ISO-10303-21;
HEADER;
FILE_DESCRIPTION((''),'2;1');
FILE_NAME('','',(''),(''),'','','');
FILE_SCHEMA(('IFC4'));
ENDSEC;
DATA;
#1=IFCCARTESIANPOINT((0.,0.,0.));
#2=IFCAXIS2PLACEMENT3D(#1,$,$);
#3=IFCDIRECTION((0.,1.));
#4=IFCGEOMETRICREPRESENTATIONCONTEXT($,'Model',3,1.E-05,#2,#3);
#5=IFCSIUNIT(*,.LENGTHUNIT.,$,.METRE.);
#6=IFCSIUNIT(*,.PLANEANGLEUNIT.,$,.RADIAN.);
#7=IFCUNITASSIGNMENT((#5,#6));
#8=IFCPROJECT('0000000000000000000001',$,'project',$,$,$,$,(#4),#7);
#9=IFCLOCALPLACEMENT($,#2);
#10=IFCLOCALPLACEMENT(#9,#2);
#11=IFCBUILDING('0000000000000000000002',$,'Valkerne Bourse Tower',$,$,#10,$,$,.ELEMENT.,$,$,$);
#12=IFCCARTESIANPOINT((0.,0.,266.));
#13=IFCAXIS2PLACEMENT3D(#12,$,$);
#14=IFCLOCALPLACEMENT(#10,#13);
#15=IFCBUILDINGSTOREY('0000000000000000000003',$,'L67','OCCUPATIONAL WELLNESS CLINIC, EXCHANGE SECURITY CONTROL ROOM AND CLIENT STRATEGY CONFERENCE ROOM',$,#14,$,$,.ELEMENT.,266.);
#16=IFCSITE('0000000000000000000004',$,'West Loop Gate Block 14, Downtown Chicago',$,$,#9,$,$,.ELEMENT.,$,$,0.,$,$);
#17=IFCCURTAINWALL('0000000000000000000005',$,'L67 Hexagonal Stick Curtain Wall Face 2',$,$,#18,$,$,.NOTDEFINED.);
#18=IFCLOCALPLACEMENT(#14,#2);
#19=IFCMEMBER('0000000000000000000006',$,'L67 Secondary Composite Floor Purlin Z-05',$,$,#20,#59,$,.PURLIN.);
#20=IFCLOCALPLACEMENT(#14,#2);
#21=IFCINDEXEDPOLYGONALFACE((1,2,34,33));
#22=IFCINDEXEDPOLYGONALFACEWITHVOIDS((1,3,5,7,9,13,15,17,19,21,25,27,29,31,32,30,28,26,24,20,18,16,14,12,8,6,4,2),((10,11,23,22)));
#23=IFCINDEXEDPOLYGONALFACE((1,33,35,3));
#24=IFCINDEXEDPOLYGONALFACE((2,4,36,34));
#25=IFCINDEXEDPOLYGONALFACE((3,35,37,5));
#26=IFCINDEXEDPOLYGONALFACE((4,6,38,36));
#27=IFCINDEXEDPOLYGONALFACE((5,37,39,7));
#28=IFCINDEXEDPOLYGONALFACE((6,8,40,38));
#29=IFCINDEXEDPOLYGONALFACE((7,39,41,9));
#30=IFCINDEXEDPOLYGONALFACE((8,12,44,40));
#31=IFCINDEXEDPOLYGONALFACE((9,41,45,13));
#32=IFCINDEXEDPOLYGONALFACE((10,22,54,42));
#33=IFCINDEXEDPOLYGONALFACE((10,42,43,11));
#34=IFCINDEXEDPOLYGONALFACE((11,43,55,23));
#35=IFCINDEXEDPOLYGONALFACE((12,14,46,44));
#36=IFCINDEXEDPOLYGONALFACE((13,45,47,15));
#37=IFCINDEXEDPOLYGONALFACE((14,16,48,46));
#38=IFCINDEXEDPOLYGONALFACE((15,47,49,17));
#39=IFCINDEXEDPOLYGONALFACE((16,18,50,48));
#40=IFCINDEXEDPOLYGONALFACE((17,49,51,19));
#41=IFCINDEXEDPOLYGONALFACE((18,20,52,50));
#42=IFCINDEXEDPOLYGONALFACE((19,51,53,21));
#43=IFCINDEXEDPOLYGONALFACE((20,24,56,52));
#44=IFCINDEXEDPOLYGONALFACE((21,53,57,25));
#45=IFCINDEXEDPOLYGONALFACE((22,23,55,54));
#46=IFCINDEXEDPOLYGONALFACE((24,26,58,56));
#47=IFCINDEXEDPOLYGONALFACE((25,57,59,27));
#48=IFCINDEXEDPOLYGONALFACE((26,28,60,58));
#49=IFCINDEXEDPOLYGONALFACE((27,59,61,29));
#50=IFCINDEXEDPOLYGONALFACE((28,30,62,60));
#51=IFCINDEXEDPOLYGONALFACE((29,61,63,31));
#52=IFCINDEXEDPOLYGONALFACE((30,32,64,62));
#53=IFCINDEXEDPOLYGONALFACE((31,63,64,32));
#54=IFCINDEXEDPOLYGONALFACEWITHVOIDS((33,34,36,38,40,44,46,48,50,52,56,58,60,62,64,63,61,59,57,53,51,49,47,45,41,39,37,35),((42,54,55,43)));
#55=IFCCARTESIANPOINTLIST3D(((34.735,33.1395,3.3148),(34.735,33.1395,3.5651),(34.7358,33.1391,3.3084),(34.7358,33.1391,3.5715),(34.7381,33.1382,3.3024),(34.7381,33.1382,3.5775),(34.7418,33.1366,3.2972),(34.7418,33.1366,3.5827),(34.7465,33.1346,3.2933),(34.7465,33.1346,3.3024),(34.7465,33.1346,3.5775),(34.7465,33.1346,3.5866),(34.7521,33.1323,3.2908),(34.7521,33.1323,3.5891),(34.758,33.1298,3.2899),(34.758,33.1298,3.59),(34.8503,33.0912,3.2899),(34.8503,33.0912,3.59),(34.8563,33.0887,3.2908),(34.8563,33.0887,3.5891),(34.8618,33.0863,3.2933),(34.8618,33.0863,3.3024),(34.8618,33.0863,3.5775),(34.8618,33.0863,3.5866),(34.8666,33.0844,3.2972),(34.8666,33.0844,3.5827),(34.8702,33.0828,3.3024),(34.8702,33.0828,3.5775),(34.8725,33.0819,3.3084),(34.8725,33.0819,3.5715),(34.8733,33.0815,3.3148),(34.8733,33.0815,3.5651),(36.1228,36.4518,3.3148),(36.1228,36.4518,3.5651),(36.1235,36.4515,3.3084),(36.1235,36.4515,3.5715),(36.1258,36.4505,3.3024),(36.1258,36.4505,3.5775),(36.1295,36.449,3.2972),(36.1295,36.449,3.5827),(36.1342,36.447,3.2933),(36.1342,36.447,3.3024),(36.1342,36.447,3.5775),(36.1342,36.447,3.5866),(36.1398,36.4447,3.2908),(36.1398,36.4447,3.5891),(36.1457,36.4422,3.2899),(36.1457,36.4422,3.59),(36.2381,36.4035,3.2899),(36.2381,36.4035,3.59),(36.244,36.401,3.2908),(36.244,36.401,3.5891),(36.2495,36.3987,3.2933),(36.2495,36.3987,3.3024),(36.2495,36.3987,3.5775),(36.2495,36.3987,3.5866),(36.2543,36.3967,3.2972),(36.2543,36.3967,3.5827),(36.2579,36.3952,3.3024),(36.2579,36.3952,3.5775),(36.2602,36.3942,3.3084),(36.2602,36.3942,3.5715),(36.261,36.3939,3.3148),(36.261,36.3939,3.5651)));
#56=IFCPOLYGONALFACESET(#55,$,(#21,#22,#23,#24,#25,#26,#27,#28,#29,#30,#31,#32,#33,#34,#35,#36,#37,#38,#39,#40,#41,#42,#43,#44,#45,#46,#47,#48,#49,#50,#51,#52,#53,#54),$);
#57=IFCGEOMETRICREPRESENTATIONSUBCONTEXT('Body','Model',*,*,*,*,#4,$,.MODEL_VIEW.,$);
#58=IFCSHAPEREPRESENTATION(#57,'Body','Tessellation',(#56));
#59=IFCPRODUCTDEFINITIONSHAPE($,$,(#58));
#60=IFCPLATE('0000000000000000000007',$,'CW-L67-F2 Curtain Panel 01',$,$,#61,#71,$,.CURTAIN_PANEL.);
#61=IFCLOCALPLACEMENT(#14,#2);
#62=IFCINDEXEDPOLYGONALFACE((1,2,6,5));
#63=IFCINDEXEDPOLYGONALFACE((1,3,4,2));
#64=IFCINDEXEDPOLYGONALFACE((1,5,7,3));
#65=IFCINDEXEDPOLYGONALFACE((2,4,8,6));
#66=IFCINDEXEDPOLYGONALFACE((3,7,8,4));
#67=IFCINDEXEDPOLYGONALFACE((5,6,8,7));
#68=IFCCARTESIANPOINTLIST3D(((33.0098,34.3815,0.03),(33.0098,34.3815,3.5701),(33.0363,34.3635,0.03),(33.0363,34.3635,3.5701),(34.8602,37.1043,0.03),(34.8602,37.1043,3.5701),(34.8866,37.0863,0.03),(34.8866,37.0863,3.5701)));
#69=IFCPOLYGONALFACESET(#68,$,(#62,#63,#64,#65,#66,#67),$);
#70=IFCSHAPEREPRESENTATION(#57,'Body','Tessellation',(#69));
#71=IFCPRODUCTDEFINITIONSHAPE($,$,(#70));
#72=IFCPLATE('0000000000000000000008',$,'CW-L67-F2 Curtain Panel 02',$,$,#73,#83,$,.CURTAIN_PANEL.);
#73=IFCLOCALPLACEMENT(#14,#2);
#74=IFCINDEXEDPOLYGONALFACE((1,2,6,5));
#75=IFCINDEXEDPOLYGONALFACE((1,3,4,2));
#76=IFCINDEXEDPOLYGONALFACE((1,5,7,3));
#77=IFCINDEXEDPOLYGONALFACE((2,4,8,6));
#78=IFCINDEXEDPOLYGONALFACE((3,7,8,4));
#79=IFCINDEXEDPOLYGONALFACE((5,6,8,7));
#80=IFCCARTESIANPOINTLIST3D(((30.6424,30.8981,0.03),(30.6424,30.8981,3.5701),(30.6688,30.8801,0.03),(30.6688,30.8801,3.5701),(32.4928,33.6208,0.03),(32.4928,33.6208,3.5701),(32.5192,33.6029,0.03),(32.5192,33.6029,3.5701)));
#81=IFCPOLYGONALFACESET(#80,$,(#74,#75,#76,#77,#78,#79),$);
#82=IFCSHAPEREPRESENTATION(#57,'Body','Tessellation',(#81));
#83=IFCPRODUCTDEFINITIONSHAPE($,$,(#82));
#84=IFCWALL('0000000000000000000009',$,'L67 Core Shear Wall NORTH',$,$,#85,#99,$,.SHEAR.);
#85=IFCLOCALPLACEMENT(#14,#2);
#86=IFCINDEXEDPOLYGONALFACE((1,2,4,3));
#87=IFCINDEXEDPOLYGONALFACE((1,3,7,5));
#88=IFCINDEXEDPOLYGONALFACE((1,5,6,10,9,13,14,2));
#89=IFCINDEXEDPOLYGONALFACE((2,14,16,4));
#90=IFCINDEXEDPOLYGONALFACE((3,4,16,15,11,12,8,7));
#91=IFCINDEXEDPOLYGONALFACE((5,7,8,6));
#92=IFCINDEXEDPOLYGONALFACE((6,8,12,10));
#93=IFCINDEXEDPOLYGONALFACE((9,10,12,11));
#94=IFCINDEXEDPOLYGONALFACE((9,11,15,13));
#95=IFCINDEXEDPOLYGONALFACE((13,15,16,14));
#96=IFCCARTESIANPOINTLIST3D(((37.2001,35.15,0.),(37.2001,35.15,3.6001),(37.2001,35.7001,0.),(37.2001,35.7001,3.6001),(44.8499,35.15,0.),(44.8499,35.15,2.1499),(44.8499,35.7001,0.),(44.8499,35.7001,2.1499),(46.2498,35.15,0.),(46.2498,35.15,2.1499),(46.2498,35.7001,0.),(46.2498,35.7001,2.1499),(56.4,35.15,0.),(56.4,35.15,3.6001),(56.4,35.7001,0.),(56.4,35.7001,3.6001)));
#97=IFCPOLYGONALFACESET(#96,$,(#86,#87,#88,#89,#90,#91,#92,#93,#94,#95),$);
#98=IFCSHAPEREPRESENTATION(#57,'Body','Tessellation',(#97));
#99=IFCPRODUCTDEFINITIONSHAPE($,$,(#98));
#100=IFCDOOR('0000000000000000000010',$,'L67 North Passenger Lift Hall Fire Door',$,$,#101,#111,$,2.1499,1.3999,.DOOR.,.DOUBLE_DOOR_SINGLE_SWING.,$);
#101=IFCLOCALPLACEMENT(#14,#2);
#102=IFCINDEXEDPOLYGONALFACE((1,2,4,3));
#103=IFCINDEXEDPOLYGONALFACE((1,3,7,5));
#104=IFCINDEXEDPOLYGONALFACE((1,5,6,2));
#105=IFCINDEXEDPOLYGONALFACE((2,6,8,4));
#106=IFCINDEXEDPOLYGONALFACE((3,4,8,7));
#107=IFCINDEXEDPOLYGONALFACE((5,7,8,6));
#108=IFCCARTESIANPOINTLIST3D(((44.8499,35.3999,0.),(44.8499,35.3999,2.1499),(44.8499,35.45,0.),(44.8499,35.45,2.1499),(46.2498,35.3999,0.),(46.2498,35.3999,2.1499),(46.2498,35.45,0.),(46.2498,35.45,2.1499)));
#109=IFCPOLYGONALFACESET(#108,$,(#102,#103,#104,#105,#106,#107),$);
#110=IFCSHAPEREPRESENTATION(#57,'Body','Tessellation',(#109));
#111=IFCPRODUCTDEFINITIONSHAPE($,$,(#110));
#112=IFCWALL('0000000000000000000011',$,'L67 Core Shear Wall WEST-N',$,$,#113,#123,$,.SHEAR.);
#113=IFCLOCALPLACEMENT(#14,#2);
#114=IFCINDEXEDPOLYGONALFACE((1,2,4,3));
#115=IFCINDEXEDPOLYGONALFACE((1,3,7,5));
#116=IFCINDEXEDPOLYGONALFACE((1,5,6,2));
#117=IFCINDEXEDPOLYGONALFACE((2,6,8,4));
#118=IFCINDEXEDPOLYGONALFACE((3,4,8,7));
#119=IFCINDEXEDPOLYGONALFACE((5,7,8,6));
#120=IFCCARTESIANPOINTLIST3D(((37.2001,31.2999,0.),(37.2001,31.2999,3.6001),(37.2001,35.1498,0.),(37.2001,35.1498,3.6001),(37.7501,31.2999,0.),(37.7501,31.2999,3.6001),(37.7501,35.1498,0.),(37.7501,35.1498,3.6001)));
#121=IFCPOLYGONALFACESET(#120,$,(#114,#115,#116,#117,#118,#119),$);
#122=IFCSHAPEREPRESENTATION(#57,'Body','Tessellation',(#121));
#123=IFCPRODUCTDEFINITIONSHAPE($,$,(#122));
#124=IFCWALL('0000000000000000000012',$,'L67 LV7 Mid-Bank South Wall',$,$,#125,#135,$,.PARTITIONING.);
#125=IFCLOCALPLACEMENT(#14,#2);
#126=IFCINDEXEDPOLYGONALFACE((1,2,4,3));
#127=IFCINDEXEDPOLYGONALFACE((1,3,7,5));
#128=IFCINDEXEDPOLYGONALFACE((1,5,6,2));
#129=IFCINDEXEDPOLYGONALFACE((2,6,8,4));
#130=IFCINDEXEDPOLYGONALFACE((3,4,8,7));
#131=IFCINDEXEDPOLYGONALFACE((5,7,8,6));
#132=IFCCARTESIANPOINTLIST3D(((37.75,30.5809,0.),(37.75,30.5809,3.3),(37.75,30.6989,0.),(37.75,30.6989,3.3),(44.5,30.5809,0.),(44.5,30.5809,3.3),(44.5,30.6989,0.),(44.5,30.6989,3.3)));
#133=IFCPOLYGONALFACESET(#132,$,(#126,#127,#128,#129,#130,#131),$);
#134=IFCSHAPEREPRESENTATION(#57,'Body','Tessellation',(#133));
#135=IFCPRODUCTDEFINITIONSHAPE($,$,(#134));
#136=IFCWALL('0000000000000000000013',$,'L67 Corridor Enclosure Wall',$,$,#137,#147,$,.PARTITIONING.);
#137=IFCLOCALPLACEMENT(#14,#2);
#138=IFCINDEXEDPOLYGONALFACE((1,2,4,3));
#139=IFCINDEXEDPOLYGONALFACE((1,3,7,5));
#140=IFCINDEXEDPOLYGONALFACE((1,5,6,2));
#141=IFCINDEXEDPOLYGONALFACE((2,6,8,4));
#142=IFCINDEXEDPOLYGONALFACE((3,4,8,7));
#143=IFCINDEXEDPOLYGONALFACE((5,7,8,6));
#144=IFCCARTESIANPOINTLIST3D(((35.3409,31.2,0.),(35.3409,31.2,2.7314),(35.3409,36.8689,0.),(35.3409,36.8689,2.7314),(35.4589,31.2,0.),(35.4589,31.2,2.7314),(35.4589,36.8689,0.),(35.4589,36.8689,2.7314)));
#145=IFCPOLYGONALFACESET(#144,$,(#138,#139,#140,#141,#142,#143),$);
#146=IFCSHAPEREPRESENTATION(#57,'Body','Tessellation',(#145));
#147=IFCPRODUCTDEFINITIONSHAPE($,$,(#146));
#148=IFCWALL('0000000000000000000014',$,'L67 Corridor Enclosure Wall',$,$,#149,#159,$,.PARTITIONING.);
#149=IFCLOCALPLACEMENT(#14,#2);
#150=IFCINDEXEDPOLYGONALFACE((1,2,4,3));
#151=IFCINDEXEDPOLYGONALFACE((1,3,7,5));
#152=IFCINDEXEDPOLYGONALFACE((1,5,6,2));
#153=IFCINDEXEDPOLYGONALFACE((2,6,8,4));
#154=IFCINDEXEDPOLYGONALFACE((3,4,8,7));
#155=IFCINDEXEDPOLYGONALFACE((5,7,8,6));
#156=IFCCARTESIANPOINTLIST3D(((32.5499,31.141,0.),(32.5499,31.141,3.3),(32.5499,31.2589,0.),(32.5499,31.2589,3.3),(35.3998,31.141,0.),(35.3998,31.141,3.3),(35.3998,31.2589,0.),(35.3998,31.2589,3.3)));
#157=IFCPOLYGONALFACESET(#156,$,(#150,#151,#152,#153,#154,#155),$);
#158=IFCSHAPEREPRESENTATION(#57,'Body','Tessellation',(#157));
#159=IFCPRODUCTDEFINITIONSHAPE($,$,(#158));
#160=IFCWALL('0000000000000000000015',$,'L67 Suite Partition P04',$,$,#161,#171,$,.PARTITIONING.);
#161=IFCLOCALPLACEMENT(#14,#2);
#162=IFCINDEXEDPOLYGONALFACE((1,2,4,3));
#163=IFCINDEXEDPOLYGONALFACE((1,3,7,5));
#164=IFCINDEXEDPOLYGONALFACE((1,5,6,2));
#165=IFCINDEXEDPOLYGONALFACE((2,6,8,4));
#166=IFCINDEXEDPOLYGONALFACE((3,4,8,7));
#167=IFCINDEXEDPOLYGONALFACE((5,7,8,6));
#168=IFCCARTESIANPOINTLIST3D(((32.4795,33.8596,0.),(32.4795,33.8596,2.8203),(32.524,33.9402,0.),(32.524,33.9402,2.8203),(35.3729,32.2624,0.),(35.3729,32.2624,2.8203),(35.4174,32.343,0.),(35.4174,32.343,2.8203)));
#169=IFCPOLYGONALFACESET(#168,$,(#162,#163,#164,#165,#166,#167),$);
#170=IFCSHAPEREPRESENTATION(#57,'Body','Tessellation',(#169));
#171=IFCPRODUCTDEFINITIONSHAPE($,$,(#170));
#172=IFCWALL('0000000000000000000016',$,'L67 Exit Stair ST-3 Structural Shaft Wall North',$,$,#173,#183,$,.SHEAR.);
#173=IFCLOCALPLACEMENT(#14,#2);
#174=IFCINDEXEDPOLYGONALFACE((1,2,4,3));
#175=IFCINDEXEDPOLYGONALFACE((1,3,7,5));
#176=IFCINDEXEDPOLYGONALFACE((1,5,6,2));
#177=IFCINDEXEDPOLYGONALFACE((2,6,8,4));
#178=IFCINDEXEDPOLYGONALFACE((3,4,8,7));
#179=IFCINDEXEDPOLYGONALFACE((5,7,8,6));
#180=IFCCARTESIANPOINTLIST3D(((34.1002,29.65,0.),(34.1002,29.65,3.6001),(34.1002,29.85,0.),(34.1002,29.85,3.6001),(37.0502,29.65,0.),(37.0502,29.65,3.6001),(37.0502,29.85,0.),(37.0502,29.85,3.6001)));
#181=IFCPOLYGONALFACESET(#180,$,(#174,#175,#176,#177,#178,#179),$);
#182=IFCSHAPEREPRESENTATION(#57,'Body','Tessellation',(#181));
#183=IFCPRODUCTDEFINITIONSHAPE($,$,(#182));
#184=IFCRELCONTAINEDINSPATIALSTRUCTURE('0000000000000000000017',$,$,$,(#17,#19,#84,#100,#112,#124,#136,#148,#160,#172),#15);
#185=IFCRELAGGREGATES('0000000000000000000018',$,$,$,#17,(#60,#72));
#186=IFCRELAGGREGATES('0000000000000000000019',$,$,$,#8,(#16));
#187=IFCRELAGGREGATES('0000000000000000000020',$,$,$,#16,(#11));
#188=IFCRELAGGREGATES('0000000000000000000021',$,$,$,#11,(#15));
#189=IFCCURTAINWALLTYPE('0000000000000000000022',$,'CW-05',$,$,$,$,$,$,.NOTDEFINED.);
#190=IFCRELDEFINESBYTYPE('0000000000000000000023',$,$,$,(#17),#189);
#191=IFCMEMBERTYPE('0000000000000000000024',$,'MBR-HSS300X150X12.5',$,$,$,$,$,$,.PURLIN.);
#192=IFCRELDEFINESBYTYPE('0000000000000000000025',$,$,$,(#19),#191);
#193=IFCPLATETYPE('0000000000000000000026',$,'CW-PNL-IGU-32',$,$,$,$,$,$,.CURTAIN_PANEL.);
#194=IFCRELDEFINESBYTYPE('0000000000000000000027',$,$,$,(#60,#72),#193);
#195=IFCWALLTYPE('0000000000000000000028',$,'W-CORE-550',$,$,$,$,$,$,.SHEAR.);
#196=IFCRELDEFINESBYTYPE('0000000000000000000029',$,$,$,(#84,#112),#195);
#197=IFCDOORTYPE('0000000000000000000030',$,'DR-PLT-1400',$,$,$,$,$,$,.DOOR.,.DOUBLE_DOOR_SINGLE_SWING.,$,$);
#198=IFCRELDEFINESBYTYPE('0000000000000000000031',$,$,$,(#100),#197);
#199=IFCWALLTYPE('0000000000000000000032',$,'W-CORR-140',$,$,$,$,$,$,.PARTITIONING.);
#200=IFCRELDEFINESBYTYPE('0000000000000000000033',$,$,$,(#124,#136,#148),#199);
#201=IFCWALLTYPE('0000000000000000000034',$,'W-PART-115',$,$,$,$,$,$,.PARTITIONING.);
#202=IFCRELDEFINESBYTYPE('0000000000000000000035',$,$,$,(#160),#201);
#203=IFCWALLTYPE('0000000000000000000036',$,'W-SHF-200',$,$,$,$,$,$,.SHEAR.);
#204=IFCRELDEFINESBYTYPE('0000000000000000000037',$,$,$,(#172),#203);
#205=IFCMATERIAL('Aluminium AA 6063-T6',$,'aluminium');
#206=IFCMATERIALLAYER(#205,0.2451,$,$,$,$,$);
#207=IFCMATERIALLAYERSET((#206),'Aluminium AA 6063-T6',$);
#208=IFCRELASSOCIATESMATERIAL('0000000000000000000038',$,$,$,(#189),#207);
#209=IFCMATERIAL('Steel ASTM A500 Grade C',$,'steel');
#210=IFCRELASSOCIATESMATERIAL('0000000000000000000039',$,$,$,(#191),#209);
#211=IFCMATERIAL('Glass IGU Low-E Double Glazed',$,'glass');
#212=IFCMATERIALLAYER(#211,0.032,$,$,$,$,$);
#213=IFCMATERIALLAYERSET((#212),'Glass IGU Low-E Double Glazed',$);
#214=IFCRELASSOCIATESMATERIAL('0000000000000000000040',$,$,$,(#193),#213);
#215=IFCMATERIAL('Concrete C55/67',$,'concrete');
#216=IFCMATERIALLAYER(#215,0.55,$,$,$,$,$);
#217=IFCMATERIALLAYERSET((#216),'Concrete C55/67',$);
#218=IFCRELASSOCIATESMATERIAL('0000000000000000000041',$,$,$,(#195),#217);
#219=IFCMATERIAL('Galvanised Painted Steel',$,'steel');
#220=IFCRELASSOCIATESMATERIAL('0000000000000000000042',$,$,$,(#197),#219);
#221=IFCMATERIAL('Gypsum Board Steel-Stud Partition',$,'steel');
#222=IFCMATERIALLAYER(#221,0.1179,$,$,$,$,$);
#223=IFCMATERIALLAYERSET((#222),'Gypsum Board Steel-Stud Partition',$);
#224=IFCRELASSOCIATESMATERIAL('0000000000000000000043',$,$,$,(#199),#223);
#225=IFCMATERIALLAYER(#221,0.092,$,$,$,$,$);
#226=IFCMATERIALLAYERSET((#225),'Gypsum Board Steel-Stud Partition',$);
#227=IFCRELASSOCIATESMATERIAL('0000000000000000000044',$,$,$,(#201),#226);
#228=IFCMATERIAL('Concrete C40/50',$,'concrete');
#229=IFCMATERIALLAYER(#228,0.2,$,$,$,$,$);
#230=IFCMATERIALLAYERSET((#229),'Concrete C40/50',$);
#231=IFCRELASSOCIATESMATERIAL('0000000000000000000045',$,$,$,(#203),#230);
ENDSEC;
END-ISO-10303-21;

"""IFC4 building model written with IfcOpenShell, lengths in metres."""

from ifc_helpers import new_model, si_unit, direction, frame, frame_2d, origin, origin_2d, place, context, subcontext, project, spatial, rectangle, hollow_rectangle, extrude, material, layer, layer_set, material_profile, profile_set, type_object, element, fill, aggregate, save


model = new_model("IFC4")

# Units and contexts
model_context = context("Model", 3, precision=1e-05, world=origin(), true_north=direction((0.0, 1.0)))
body_context = subcontext(model_context, "Body", "Model", "MODEL_VIEW")
ifc_project = project(units=[si_unit("LENGTHUNIT", "METRE"), si_unit("PLANEANGLEUNIT", "RADIAN")], contexts=[model_context])

# Site, building, storey
site_placement = place(None, origin())
site = spatial("IfcSite", under=ifc_project, at=site_placement, Name="West Loop Gate Block 14, Downtown Chicago", CompositionType="ELEMENT", RefElevation=0.0)
building_placement = place(site_placement, origin())
building = spatial("IfcBuilding", under=site, at=building_placement, Name="Valkerne Bourse Tower", CompositionType="ELEMENT")
storey_placement = place(building_placement, frame((0.0, 0.0, 266.0)))
storey = spatial("IfcBuildingStorey", under=building, at=storey_placement, Name="L67", Description="OCCUPATIONAL WELLNESS CLINIC, EXCHANGE SECURITY CONTROL ROOM AND CLIENT STRATEGY CONFERENCE ROOM", CompositionType="ELEMENT", Elevation=266.0)

# Curtain wall
ifc_material_1 = material(Name="Aluminium AA 6063-T6", Category="aluminium")
ifc_layer_1 = layer(ifc_material_1, 0.2451)
ifc_layer_set_1 = layer_set([ifc_layer_1], Name="Aluminium AA 6063-T6")
curtain_wall_type = type_object("IfcCurtainWallType", Name="CW-05", PredefinedType="NOTDEFINED", material=ifc_layer_set_1)
curtain_wall_placement = place(storey_placement, origin())
curtain_wall = element("IfcCurtainWall", 1, at=curtain_wall_placement, inside=storey, type_object=curtain_wall_type, Name="L67 Hexagonal Stick Curtain Wall Face 2", PredefinedType="NOTDEFINED")

# Member
ifc_material_2 = material(Name="Steel ASTM A500 Grade C", Category="steel")
ifc_material_profile_1 = material_profile(ifc_material_2, hollow_rectangle(XDim=0.1499, YDim=0.3, WallThickness=0.0125, OuterFilletRadius=0.0249, at=origin_2d()), Name="HSS300X150X12.5")
ifc_profile_set_1 = profile_set([ifc_material_profile_1], Name="Steel ASTM A500 Grade C")
member_type_1 = type_object("IfcMemberType", Name="MBR-HSS300X150X12.5", PredefinedType="PURLIN", material=ifc_profile_set_1)
member_1_placement = place(storey_placement, frame((36.1919, 36.4229, 3.4399), z_axis=(-0.386415, -0.922325, 0.0), x_axis=(0.922325, -0.386415, 0.0)))
element("IfcMember", 2, at=member_1_placement, inside=storey, type_object=member_type_1, Name="L67 Secondary Composite Floor Purlin Z-05", PredefinedType="PURLIN", context=body_context, shape_type="SweptSolid", body=[
    extrude(hollow_rectangle(XDim=0.1499, YDim=0.3, WallThickness=0.0125, OuterFilletRadius=0.0249, at=origin_2d()), origin(), (0.0, 0.0, 1.0), 3.5913),
])

# Plates
ifc_material_3 = material(Name="Glass IGU Low-E Double Glazed", Category="glass")
ifc_layer_2 = layer(ifc_material_3, 0.032)
ifc_layer_set_2 = layer_set([ifc_layer_2], Name="Glass IGU Low-E Double Glazed")
plate_type = type_object("IfcPlateType", Name="CW-PNL-IGU-32", PredefinedType="CURTAIN_PANEL", material=ifc_layer_set_2)
plate_1_placement = place(storey_placement, frame((33.9482, 35.7339, 0.03), z_axis=(0.0, 0.0, 1.0), x_axis=(-0.56208, -0.827083, 0.0)))
plate_1 = element("IfcPlate", 3, at=plate_1_placement, type_object=plate_type, Name="CW-L67-F2 Curtain Panel 01", PredefinedType="CURTAIN_PANEL", context=body_context, shape_type="SweptSolid", body=[
    extrude(rectangle(XDim=3.292, YDim=0.032, at=origin_2d()), origin(), (0.0, 0.0, 1.0), 3.54),
])
plate_2_placement = place(storey_placement, frame((31.5808, 32.2505, 0.03), z_axis=(0.0, 0.0, 1.0), x_axis=(-0.562091, -0.827075, 0.0)))
plate_2 = element("IfcPlate", 4, at=plate_2_placement, type_object=plate_type, Name="CW-L67-F2 Curtain Panel 02", PredefinedType="CURTAIN_PANEL", context=body_context, shape_type="SweptSolid", body=[
    extrude(rectangle(XDim=3.292, YDim=0.032, at=origin_2d()), origin(), (0.0, 0.0, 1.0), 3.54),
])
aggregate(curtain_wall, [plate_1, plate_2])

# Wall, opening, door
ifc_material_4 = material(Name="Concrete C55/67", Category="concrete")
ifc_layer_3 = layer(ifc_material_4, 0.55)
ifc_layer_set_3 = layer_set([ifc_layer_3], Name="Concrete C55/67")
wall_type_1 = type_object("IfcWallType", Name="W-CORE-550", PredefinedType="SHEAR", material=ifc_layer_set_3)
wall_1_placement = place(storey_placement, frame((37.2, 35.425, 0.0), z_axis=(0.0, 0.0, 1.0), x_axis=(1.0, 0.0, 0.0)))
wall_1 = element("IfcWall", 5, at=wall_1_placement, inside=storey, type_object=wall_type_1, Name="L67 Core Shear Wall NORTH", PredefinedType="SHEAR", context=body_context, shape_type="SweptSolid", body=[
    extrude(rectangle(XDim=19.2, YDim=0.55, at=frame_2d((9.6001, 0.0))), origin(), (0.0, 0.0, 1.0), 3.6001),
])
opening_placement = place(wall_1_placement, frame((7.6499, 0.0, 0.0)))
opening = element("IfcOpeningElement", 6, at=opening_placement, cuts=wall_1, PredefinedType="OPENING", context=body_context, shape_type="SweptSolid", body=[
    extrude(rectangle(XDim=1.3999, YDim=2.1499, at=frame_2d((0.7, 1.075))), frame((0.0, 0.2849, 0.0), z_axis=(0.0, -1.0, 0.0), x_axis=(1.0, 0.0, 0.0)), (0.0, 0.0, 1.0), 0.5701),
])
ifc_material_5 = material(Name="Galvanised Painted Steel", Category="steel")
door_type = type_object("IfcDoorType", Name="DR-PLT-1400", OperationType="DOUBLE_DOOR_SINGLE_SWING", PredefinedType="DOOR", material=ifc_material_5)
door_placement = place(opening_placement, origin())
door = element("IfcDoor", 7, at=door_placement, inside=storey, type_object=door_type, Name="L67 North Passenger Lift Hall Fire Door", OperationType="DOUBLE_DOOR_SINGLE_SWING", OverallHeight=2.1499, OverallWidth=1.3999, PredefinedType="DOOR", context=body_context, shape_type="SweptSolid", body=[
    extrude(rectangle(XDim=1.3999, YDim=2.1499, at=frame_2d((0.7, 1.075))), frame((0.0, 0.0249, 0.0), z_axis=(0.0, -1.0, 0.0), x_axis=(1.0, 0.0, 0.0)), (0.0, 0.0, 1.0), 0.05),
])
fill(opening, door)

# Walls
wall_2_placement = place(storey_placement, frame((37.4751, 31.3, 0.0), z_axis=(0.0, 0.0, 1.0), x_axis=(0.0, 1.0, 0.0)))
element("IfcWall", 8, at=wall_2_placement, inside=storey, type_object=wall_type_1, Name="L67 Core Shear Wall WEST-N", PredefinedType="SHEAR", context=body_context, shape_type="SweptSolid", body=[
    extrude(rectangle(XDim=3.8499, YDim=0.55, at=frame_2d((1.9248, 0.0))), origin(), (0.0, 0.0, 1.0), 3.6001),
])
ifc_material_6 = material(Name="Gypsum Board Steel-Stud Partition", Category="steel")
ifc_layer_4 = layer(ifc_material_6, 0.1179)
ifc_layer_set_4 = layer_set([ifc_layer_4], Name="Gypsum Board Steel-Stud Partition")
wall_type_2 = type_object("IfcWallType", Name="W-CORR-140", PredefinedType="PARTITIONING", material=ifc_layer_set_4)
wall_3_placement = place(storey_placement, frame((37.75, 30.6399, 0.0), z_axis=(0.0, 0.0, 1.0), x_axis=(1.0, 0.0, 0.0)))
element("IfcWall", 9, at=wall_3_placement, inside=storey, type_object=wall_type_2, Name="L67 LV7 Mid-Bank South Wall", PredefinedType="PARTITIONING", context=body_context, shape_type="SweptSolid", body=[
    extrude(rectangle(XDim=6.75, YDim=0.1179, at=frame_2d((3.375, 0.0))), origin(), (0.0, 0.0, 1.0), 3.3),
])
wall_4_placement = place(storey_placement, frame((35.3999, 31.2, 0.0), z_axis=(0.0, 0.0, 1.0), x_axis=(0.0, 1.0, 0.0)))
element("IfcWall", 10, at=wall_4_placement, inside=storey, type_object=wall_type_2, Name="L67 Corridor Enclosure Wall", PredefinedType="PARTITIONING", context=body_context, shape_type="SweptSolid", body=[
    extrude(rectangle(XDim=5.6689, YDim=0.1179, at=frame_2d((2.8345, 0.0))), origin(), (0.0, 0.0, 1.0), 2.7314),
])
wall_5_placement = place(storey_placement, frame((32.55, 31.2, 0.0), z_axis=(0.0, 0.0, 1.0), x_axis=(1.0, 0.0, 0.0)))
element("IfcWall", 11, at=wall_5_placement, inside=storey, type_object=wall_type_2, Name="L67 Corridor Enclosure Wall", PredefinedType="PARTITIONING", context=body_context, shape_type="SweptSolid", body=[
    extrude(rectangle(XDim=2.8499, YDim=0.1179, at=frame_2d((1.4248, 0.0))), origin(), (0.0, 0.0, 1.0), 3.3),
])
ifc_layer_5 = layer(ifc_material_6, 0.092)
ifc_layer_set_5 = layer_set([ifc_layer_5], Name="Gypsum Board Steel-Stud Partition")
wall_type_3 = type_object("IfcWallType", Name="W-PART-115", PredefinedType="PARTITIONING", material=ifc_layer_set_5)
wall_6_placement = place(storey_placement, frame((35.395, 32.3027, 0.0), z_axis=(0.0, 0.0, 1.0), x_axis=(-0.875468, 0.483277, 0.0)))
element("IfcWall", 12, at=wall_6_placement, inside=storey, type_object=wall_type_3, Name="L67 Suite Partition P04", PredefinedType="PARTITIONING", context=body_context, shape_type="SweptSolid", body=[
    extrude(rectangle(XDim=3.3049, YDim=0.092, at=frame_2d((1.6523, 0.0))), origin(), (0.0, 0.0, 1.0), 2.8203),
])
ifc_material_7 = material(Name="Concrete C40/50", Category="concrete")
ifc_layer_6 = layer(ifc_material_7, 0.2)
ifc_layer_set_6 = layer_set([ifc_layer_6], Name="Concrete C40/50")
wall_type_4 = type_object("IfcWallType", Name="W-SHF-200", PredefinedType="SHEAR", material=ifc_layer_set_6)
wall_7_placement = place(storey_placement, frame((34.1001, 29.75, 0.0), z_axis=(0.0, 0.0, 1.0), x_axis=(1.0, 0.0, 0.0)))
element("IfcWall", 13, at=wall_7_placement, inside=storey, type_object=wall_type_4, Name="L67 Exit Stair ST-3 Structural Shaft Wall North", PredefinedType="SHEAR", context=body_context, shape_type="SweptSolid", body=[
    extrude(rectangle(XDim=2.95, YDim=0.2, at=frame_2d((1.4751, 0.0))), origin(), (0.0, 0.0, 1.0), 3.6001),
])

save(model, "model.ifc")
